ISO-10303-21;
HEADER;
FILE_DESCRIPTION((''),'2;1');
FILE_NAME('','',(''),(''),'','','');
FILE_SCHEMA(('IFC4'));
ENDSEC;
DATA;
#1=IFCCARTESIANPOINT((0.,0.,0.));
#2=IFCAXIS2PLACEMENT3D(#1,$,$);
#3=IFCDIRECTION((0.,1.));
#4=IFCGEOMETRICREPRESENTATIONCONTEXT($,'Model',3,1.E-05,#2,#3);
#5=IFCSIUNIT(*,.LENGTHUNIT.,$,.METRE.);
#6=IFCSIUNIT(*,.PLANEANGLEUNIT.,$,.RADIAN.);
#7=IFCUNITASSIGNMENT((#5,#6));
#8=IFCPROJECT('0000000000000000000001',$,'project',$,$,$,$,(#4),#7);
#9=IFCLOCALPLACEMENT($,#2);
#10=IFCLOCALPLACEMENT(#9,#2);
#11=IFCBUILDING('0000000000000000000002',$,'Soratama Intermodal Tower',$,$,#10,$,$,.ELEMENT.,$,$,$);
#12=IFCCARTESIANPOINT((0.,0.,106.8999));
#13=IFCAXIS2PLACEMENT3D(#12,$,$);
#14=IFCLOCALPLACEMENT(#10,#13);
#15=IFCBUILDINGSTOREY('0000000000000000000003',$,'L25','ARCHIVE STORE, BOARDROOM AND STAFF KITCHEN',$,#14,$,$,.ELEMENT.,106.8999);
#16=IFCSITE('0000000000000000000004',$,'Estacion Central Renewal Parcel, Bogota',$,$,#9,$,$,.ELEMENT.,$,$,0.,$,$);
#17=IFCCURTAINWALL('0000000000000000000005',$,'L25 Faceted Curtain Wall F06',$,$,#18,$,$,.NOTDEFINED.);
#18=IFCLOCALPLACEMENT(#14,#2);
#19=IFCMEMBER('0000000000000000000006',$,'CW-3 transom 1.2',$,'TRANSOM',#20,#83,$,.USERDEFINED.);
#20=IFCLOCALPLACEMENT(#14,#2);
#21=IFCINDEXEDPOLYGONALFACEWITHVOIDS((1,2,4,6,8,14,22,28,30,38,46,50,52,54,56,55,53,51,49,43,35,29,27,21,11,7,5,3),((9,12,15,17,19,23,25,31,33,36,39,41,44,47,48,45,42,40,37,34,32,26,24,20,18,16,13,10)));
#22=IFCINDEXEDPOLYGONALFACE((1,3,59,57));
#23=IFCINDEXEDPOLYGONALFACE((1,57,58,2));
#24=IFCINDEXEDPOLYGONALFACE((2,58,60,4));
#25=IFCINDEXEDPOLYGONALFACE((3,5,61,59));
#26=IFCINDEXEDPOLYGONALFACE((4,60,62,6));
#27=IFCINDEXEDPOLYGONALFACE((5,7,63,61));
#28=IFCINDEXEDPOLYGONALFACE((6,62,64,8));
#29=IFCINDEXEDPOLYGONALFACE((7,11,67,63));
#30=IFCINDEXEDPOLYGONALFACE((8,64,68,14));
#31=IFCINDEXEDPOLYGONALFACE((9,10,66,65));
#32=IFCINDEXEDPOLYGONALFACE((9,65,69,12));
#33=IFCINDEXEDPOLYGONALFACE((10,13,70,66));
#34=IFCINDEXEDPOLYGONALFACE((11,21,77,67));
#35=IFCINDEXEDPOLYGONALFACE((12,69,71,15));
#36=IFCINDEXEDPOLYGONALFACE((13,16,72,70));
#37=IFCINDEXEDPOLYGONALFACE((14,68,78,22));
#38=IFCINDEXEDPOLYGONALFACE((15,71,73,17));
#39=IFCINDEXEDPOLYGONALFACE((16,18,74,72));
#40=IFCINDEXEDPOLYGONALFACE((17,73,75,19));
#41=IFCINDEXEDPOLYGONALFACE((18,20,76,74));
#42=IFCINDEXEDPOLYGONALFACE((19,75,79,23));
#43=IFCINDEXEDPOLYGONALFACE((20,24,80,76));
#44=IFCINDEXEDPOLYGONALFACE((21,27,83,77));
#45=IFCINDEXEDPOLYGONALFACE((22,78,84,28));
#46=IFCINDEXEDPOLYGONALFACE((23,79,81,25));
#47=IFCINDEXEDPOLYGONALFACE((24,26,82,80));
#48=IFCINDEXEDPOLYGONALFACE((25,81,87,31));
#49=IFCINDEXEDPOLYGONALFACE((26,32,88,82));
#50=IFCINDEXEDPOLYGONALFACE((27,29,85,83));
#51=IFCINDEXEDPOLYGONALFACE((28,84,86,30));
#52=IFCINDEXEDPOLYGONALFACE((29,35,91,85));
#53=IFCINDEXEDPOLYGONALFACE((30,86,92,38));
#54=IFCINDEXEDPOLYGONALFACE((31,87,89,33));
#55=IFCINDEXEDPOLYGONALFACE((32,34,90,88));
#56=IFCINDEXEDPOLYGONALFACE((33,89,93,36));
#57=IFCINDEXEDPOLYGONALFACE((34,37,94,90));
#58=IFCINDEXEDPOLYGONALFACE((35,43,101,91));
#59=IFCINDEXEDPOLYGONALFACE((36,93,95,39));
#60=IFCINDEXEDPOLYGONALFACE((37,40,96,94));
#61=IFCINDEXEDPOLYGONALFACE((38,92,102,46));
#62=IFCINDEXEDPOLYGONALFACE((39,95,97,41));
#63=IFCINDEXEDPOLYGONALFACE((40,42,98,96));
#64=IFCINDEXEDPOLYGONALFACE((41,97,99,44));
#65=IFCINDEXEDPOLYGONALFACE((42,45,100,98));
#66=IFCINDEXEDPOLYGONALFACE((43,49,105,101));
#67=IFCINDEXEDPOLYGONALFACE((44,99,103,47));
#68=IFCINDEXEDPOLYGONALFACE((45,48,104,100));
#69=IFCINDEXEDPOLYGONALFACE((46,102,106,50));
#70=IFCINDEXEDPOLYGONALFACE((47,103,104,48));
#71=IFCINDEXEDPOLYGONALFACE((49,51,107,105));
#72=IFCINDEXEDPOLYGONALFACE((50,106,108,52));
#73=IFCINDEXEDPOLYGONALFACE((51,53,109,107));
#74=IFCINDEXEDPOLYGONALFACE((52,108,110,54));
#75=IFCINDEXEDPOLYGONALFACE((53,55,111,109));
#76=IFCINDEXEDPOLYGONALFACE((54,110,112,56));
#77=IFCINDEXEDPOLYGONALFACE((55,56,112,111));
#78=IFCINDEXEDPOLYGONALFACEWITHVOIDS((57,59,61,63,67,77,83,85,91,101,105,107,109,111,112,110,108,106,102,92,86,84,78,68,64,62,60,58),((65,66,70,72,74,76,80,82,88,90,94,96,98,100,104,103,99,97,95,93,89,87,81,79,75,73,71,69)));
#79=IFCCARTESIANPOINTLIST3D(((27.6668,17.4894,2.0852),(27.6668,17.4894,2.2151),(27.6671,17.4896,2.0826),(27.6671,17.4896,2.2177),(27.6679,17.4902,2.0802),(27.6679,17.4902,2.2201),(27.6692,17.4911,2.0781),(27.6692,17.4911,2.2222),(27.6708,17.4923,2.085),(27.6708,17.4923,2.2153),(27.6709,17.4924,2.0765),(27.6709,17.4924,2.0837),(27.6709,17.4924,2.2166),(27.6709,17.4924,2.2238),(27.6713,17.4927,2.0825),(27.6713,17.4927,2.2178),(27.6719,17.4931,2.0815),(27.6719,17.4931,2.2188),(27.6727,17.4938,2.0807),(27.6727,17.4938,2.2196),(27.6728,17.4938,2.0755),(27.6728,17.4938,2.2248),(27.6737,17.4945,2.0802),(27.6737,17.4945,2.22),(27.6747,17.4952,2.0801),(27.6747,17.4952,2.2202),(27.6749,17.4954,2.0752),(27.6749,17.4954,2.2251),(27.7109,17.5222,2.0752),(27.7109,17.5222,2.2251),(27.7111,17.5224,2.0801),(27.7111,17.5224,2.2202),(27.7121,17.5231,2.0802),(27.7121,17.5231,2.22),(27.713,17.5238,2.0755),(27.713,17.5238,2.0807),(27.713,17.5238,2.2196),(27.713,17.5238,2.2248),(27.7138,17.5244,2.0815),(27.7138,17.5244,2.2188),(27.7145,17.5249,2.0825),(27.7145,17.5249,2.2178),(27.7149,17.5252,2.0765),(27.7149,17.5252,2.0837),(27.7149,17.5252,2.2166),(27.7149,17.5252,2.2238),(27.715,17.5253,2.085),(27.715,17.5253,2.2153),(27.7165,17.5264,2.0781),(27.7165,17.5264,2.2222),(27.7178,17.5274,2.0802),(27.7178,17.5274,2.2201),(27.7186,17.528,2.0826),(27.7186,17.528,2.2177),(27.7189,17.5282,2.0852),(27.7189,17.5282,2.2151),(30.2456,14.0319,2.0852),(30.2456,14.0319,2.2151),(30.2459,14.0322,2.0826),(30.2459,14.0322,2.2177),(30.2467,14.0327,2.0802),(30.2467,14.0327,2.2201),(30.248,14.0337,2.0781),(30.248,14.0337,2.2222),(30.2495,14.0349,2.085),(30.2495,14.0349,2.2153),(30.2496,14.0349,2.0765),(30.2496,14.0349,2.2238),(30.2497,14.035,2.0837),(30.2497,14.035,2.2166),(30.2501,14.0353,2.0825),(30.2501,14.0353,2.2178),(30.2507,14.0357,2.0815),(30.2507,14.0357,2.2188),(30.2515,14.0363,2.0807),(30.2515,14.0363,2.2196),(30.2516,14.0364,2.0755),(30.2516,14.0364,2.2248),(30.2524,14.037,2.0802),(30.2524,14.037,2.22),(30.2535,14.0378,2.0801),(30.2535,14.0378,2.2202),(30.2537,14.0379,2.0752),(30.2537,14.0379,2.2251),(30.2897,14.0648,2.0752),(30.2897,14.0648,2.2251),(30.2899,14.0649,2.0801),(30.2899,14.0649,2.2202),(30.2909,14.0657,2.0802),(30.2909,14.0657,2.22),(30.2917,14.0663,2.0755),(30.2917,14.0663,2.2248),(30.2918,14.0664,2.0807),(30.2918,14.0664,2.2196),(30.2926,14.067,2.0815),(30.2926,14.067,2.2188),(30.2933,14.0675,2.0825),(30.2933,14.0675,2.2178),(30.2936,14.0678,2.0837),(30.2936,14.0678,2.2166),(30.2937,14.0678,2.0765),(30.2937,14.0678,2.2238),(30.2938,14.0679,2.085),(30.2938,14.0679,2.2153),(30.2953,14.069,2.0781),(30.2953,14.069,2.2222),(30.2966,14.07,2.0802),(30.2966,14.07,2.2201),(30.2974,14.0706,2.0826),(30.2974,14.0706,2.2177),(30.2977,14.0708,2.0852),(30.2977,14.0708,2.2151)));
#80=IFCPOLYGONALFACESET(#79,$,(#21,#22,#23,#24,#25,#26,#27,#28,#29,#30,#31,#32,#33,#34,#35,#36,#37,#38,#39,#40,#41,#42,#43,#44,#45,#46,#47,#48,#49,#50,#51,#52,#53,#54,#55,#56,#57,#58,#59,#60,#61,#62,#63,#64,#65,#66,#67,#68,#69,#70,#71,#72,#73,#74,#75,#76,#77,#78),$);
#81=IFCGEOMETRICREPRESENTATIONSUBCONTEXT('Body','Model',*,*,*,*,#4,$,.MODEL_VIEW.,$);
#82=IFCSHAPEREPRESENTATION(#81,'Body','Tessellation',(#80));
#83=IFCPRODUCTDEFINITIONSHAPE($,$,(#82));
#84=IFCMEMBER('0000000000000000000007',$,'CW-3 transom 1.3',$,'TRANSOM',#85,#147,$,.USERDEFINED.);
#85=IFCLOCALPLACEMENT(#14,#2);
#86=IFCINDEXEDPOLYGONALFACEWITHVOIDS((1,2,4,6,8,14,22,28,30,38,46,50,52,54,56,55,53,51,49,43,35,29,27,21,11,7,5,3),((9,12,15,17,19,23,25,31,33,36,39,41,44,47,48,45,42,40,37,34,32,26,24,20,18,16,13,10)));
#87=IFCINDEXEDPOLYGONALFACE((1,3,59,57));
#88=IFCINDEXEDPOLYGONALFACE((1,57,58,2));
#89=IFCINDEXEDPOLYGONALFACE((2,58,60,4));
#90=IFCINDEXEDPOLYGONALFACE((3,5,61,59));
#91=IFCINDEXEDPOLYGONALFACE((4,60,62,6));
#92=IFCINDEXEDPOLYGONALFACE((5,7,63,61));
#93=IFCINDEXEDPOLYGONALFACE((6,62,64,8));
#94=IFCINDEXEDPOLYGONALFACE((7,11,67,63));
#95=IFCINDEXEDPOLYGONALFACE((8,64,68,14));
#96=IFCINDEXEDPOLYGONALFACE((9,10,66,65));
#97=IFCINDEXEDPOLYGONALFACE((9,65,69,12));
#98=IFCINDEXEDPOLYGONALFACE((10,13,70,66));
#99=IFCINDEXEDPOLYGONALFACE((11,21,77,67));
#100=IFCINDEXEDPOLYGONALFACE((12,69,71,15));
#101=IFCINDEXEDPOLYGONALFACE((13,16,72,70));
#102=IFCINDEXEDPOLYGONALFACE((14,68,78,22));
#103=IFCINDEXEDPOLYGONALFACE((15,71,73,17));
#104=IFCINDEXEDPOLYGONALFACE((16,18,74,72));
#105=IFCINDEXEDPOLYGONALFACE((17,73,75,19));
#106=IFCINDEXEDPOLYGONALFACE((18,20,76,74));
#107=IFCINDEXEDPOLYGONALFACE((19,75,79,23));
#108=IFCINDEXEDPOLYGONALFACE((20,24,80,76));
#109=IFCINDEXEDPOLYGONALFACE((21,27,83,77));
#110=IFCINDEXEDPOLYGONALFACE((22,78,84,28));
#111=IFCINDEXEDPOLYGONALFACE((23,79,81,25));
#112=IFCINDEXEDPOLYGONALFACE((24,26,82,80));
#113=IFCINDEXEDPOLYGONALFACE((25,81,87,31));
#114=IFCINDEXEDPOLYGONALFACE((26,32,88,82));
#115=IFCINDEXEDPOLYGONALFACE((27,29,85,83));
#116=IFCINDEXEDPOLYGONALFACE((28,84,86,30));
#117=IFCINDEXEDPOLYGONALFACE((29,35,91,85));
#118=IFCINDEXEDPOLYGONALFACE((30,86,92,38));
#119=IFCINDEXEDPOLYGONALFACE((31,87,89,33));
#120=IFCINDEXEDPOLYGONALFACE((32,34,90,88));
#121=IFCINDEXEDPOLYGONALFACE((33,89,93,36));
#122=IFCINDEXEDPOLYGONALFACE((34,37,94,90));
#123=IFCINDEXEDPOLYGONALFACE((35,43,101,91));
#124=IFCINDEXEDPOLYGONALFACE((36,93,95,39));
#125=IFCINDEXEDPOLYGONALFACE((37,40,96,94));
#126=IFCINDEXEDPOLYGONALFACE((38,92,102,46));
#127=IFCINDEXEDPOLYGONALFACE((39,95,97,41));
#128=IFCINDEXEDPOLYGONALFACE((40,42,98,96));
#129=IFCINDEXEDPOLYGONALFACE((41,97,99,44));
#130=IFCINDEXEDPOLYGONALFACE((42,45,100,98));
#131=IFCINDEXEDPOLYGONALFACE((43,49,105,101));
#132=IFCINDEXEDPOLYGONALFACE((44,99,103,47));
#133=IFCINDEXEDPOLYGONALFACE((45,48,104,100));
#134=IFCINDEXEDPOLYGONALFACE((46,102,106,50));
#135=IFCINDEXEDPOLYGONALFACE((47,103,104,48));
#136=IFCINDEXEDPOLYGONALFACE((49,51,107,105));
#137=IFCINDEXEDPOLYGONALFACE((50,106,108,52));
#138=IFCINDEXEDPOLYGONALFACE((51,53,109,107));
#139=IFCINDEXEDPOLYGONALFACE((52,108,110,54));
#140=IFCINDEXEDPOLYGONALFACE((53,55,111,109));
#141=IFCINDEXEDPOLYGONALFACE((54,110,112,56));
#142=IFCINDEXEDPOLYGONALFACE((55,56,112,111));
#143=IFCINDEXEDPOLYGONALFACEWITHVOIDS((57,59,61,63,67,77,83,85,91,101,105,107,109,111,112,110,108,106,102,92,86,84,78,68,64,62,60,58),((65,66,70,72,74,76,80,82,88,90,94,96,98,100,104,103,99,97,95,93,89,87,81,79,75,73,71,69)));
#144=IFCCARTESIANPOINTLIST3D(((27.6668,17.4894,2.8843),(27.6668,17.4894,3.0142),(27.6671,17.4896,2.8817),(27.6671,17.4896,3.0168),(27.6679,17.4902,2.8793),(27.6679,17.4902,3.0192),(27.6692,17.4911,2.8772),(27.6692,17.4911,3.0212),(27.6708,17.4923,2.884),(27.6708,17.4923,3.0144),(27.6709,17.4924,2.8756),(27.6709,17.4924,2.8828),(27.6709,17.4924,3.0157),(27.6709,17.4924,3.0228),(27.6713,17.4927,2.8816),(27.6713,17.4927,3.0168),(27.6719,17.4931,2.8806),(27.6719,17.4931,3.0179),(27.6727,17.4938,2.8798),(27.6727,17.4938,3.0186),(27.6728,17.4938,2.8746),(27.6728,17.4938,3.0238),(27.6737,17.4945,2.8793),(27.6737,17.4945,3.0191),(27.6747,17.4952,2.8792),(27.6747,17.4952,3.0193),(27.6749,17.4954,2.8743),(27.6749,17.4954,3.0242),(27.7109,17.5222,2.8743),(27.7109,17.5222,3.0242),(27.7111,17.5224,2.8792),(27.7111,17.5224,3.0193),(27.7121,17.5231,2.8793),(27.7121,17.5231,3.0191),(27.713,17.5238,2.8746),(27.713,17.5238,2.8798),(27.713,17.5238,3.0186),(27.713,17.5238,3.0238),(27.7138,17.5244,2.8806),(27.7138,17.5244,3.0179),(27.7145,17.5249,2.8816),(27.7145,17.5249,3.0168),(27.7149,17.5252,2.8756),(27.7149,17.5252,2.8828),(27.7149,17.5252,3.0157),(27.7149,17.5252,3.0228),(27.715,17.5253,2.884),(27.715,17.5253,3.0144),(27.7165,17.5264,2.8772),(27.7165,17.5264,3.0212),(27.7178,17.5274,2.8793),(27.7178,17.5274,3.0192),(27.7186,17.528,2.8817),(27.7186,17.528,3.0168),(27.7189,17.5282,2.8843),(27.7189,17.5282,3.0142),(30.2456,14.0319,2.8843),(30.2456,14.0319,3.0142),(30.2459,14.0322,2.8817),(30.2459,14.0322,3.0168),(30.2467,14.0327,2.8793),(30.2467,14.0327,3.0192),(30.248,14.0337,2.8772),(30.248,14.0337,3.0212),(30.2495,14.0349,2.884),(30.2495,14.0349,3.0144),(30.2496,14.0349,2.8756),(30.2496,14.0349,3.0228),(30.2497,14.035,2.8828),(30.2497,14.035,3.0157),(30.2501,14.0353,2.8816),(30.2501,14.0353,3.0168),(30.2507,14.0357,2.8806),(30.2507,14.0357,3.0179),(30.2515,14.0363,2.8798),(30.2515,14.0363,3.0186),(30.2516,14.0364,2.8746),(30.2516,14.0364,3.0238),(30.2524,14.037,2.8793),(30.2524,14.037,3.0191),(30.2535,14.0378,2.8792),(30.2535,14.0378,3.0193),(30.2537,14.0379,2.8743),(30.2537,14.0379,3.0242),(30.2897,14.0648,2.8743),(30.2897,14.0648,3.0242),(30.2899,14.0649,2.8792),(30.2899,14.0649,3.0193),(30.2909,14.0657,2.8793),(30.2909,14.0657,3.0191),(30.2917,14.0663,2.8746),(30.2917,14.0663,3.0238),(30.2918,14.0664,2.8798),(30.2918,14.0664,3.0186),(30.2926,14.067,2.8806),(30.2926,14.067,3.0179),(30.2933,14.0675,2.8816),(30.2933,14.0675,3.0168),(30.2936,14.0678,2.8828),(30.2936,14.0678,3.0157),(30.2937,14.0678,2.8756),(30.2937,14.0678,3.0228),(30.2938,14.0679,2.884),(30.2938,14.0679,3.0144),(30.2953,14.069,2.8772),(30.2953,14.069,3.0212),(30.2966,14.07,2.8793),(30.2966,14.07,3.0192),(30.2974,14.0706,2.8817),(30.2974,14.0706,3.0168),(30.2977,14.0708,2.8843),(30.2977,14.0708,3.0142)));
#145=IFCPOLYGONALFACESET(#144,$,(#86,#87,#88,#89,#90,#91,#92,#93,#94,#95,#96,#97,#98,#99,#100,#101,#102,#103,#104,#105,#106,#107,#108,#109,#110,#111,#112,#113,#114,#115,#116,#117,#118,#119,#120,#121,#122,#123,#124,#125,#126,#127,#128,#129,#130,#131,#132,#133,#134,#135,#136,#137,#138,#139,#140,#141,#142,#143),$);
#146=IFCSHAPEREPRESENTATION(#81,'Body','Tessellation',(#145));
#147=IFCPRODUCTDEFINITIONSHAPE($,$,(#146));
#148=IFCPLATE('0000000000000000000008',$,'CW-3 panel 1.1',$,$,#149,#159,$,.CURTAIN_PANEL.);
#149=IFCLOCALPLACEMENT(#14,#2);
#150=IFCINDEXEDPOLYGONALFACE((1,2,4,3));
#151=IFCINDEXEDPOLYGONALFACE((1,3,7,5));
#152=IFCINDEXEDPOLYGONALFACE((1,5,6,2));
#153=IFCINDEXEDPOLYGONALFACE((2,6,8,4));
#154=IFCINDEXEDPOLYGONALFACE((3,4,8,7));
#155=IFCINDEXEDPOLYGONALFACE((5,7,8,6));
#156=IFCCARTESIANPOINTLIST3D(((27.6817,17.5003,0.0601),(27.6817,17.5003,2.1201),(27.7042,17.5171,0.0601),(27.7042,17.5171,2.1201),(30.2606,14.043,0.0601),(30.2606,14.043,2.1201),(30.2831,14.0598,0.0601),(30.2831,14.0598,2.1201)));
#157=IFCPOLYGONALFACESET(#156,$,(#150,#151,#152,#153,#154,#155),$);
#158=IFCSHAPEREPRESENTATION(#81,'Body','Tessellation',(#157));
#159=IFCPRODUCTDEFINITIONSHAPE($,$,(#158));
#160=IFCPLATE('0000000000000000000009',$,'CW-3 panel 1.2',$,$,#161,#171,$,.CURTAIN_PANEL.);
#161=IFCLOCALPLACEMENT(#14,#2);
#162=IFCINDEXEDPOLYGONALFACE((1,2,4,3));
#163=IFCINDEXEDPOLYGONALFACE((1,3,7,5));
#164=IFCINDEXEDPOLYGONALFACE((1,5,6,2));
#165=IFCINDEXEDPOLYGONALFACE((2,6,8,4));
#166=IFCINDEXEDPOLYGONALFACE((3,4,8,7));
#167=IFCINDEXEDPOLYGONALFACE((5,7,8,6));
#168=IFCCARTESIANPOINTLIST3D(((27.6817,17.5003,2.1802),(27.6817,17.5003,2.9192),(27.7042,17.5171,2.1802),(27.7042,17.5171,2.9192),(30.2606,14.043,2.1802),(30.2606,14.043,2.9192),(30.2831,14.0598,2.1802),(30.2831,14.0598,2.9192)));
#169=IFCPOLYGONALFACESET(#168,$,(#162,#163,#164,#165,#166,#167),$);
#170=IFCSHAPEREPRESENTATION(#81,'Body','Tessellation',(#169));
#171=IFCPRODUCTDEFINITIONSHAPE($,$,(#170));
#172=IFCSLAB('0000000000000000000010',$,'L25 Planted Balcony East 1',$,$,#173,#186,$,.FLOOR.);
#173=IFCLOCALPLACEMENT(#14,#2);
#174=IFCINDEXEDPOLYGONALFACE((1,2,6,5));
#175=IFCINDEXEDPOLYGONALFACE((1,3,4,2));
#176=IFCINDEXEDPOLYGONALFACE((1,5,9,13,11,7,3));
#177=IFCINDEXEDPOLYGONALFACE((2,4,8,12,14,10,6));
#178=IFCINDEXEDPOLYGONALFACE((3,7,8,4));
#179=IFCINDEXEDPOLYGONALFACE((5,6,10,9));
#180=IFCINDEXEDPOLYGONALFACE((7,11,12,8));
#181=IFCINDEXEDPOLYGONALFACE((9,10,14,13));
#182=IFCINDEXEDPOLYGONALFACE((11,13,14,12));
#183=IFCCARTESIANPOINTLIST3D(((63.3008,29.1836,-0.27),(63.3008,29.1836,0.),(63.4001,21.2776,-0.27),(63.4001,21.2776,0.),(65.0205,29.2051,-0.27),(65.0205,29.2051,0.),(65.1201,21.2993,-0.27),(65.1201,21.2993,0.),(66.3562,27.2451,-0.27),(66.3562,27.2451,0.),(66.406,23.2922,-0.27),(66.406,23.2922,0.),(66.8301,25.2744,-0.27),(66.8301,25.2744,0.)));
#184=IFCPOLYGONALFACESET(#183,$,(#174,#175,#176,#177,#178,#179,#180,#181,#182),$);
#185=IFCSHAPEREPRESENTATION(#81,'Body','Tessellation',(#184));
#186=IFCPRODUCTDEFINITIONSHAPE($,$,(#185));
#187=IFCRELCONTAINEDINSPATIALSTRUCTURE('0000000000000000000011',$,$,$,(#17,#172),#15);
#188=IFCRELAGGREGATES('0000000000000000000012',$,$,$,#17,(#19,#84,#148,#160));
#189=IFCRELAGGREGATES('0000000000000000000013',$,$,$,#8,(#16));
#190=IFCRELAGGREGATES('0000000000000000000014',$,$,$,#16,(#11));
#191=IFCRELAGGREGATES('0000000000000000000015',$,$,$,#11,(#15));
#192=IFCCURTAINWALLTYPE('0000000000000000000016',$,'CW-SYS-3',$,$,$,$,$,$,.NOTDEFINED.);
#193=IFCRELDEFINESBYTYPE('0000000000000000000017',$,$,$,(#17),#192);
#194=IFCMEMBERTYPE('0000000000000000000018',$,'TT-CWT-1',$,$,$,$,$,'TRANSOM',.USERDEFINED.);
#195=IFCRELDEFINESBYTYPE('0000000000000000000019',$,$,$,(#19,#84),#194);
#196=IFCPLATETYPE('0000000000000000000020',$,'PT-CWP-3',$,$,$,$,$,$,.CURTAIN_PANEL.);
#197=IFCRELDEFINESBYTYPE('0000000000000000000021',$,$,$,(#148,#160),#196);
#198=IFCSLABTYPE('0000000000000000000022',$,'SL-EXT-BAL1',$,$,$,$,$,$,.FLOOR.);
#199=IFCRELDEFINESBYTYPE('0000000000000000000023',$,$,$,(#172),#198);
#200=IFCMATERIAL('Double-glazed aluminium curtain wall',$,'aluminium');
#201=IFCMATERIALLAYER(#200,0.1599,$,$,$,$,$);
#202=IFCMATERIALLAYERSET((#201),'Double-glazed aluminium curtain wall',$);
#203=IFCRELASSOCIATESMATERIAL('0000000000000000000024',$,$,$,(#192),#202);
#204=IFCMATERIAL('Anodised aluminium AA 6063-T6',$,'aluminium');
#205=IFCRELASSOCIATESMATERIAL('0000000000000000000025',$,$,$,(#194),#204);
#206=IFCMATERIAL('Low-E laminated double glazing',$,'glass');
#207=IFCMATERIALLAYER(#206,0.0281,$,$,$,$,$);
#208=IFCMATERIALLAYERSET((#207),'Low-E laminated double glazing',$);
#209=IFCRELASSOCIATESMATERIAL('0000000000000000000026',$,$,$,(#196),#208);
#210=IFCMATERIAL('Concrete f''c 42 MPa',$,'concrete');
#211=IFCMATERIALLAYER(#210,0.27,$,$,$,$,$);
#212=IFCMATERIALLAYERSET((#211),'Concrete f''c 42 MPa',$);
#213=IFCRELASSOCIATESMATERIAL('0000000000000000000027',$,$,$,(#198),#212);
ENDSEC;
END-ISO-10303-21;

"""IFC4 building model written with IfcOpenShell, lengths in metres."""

from ifc_helpers import new_model, si_unit, direction, frame, origin, origin_2d, place, context, subcontext, project, spatial, polyline, rectangle, hollow_rectangle, outline, extrude, material, layer, layer_set, material_profile, profile_set, type_object, element, aggregate, save


model = new_model("IFC4")

# Units and contexts
model_context = context("Model", 3, precision=1e-05, world=origin(), true_north=direction((0.0, 1.0)))
body_context = subcontext(model_context, "Body", "Model", "MODEL_VIEW")
ifc_project = project(units=[si_unit("LENGTHUNIT", "METRE"), si_unit("PLANEANGLEUNIT", "RADIAN")], contexts=[model_context])

# Site, building, storey
site_placement = place(None, origin())
site = spatial("IfcSite", under=ifc_project, at=site_placement, Name="Estacion Central Renewal Parcel, Bogota", CompositionType="ELEMENT", RefElevation=0.0)
building_placement = place(site_placement, origin())
building = spatial("IfcBuilding", under=site, at=building_placement, Name="Soratama Intermodal Tower", CompositionType="ELEMENT")
storey_placement = place(building_placement, frame((0.0, 0.0, 106.8999)))
storey = spatial("IfcBuildingStorey", under=building, at=storey_placement, Name="L25", Description="ARCHIVE STORE, BOARDROOM AND STAFF KITCHEN", CompositionType="ELEMENT", Elevation=106.8999)

# Curtain wall, members, plates
ifc_material_1 = material(Name="Double-glazed aluminium curtain wall", Category="aluminium")
ifc_layer_1 = layer(ifc_material_1, 0.1599)
ifc_layer_set_1 = layer_set([ifc_layer_1], Name="Double-glazed aluminium curtain wall")
curtain_wall_type = type_object("IfcCurtainWallType", Name="CW-SYS-3", PredefinedType="NOTDEFINED", material=ifc_layer_set_1)
curtain_wall_placement = place(storey_placement, origin())
curtain_wall = element("IfcCurtainWall", 1, at=curtain_wall_placement, inside=storey, type_object=curtain_wall_type, Name="L25 Faceted Curtain Wall F06", PredefinedType="NOTDEFINED")
ifc_material_2 = material(Name="Anodised aluminium AA 6063-T6", Category="aluminium")
ifc_material_profile_1 = material_profile(ifc_material_2, hollow_rectangle(XDim=0.0649, YDim=0.1499, WallThickness=0.0049, InnerFilletRadius=0.0049, OuterFilletRadius=0.01, at=origin_2d()), Name="CWT150X65X5")
ifc_profile_set_1 = profile_set([ifc_material_profile_1], Name="Anodised aluminium AA 6063-T6")
member_type_1 = type_object("IfcMemberType", Name="TT-CWT-1", ElementType="TRANSOM", PredefinedType="USERDEFINED", material=ifc_profile_set_1)
member_1_placement = place(storey_placement, frame((27.6929, 17.5088, 2.1501), z_axis=(0.597879, -0.801587, 0.0), x_axis=(0.801587, 0.597879, 0.0)))
member_1 = element("IfcMember", 2, at=member_1_placement, type_object=member_type_1, Name="CW-3 transom 1.2", ObjectType="TRANSOM", PredefinedType="USERDEFINED", context=body_context, shape_type="SweptSolid", body=[
    extrude(hollow_rectangle(XDim=0.0649, YDim=0.1499, WallThickness=0.0049, InnerFilletRadius=0.0049, OuterFilletRadius=0.01, at=origin_2d()), origin(), (0.0, 0.0, 1.0), 4.3132),
])
member_2_placement = place(storey_placement, frame((27.6929, 17.5088, 2.9492), z_axis=(0.597879, -0.801587, 0.0), x_axis=(0.801587, 0.597879, 0.0)))
member_2 = element("IfcMember", 3, at=member_2_placement, type_object=member_type_1, Name="CW-3 transom 1.3", ObjectType="TRANSOM", PredefinedType="USERDEFINED", context=body_context, shape_type="SweptSolid", body=[
    extrude(hollow_rectangle(XDim=0.0649, YDim=0.1499, WallThickness=0.0049, InnerFilletRadius=0.0049, OuterFilletRadius=0.01, at=origin_2d()), origin(), (0.0, 0.0, 1.0), 4.3132),
])
ifc_material_3 = material(Name="Low-E laminated double glazing", Category="glass")
ifc_layer_2 = layer(ifc_material_3, 0.0281)
ifc_layer_set_2 = layer_set([ifc_layer_2], Name="Low-E laminated double glazing")
plate_type = type_object("IfcPlateType", Name="PT-CWP-3", PredefinedType="CURTAIN_PANEL", material=ifc_layer_set_2)
plate_1_placement = place(storey_placement, frame((28.9824, 15.78, 0.0601), z_axis=(0.0, 0.0, 1.0), x_axis=(0.597909, -0.801564, 0.0)))
plate_1 = element("IfcPlate", 4, at=plate_1_placement, type_object=plate_type, Name="CW-3 panel 1.1", PredefinedType="CURTAIN_PANEL", context=body_context, shape_type="SweptSolid", body=[
    extrude(rectangle(XDim=4.3132, YDim=0.0281, at=origin_2d()), origin(), (0.0, 0.0, 1.0), 2.0601),
])
plate_2_placement = place(storey_placement, frame((28.9824, 15.78, 2.1802), z_axis=(0.0, 0.0, 1.0), x_axis=(0.597909, -0.801564, 0.0)))
plate_2 = element("IfcPlate", 5, at=plate_2_placement, type_object=plate_type, Name="CW-3 panel 1.2", PredefinedType="CURTAIN_PANEL", context=body_context, shape_type="SweptSolid", body=[
    extrude(rectangle(XDim=4.3132, YDim=0.0281, at=origin_2d()), origin(), (0.0, 0.0, 1.0), 0.739),
])
aggregate(curtain_wall, [member_1, member_2, plate_1, plate_2])

# Slab
ifc_material_4 = material(Name="Concrete f'c 42 MPa", Category="concrete")
ifc_layer_3 = layer(ifc_material_4, 0.27)
ifc_layer_set_3 = layer_set([ifc_layer_3], Name="Concrete f'c 42 MPa")
slab_type_1 = type_object("IfcSlabType", Name="SL-EXT-BAL1", PredefinedType="FLOOR", material=ifc_layer_set_3)
slab_1_placement = place(storey_placement, frame((0.0, 0.0, -0.27)))
element("IfcSlab", 6, at=slab_1_placement, inside=storey, type_object=slab_type_1, Name="L25 Planted Balcony East 1", PredefinedType="FLOOR", context=body_context, shape_type="SweptSolid", body=[
    extrude(outline(polyline([(63.4001, 21.2776), (63.3008, 29.1836), (65.0205, 29.2051), (66.3562, 27.2451), (66.8301, 25.2744), (66.406, 23.2922), (65.1201, 21.2993), (63.4001, 21.2776)])), origin(), (0.0, 0.0, 1.0), 0.27),
])

save(model, "model.ifc")
